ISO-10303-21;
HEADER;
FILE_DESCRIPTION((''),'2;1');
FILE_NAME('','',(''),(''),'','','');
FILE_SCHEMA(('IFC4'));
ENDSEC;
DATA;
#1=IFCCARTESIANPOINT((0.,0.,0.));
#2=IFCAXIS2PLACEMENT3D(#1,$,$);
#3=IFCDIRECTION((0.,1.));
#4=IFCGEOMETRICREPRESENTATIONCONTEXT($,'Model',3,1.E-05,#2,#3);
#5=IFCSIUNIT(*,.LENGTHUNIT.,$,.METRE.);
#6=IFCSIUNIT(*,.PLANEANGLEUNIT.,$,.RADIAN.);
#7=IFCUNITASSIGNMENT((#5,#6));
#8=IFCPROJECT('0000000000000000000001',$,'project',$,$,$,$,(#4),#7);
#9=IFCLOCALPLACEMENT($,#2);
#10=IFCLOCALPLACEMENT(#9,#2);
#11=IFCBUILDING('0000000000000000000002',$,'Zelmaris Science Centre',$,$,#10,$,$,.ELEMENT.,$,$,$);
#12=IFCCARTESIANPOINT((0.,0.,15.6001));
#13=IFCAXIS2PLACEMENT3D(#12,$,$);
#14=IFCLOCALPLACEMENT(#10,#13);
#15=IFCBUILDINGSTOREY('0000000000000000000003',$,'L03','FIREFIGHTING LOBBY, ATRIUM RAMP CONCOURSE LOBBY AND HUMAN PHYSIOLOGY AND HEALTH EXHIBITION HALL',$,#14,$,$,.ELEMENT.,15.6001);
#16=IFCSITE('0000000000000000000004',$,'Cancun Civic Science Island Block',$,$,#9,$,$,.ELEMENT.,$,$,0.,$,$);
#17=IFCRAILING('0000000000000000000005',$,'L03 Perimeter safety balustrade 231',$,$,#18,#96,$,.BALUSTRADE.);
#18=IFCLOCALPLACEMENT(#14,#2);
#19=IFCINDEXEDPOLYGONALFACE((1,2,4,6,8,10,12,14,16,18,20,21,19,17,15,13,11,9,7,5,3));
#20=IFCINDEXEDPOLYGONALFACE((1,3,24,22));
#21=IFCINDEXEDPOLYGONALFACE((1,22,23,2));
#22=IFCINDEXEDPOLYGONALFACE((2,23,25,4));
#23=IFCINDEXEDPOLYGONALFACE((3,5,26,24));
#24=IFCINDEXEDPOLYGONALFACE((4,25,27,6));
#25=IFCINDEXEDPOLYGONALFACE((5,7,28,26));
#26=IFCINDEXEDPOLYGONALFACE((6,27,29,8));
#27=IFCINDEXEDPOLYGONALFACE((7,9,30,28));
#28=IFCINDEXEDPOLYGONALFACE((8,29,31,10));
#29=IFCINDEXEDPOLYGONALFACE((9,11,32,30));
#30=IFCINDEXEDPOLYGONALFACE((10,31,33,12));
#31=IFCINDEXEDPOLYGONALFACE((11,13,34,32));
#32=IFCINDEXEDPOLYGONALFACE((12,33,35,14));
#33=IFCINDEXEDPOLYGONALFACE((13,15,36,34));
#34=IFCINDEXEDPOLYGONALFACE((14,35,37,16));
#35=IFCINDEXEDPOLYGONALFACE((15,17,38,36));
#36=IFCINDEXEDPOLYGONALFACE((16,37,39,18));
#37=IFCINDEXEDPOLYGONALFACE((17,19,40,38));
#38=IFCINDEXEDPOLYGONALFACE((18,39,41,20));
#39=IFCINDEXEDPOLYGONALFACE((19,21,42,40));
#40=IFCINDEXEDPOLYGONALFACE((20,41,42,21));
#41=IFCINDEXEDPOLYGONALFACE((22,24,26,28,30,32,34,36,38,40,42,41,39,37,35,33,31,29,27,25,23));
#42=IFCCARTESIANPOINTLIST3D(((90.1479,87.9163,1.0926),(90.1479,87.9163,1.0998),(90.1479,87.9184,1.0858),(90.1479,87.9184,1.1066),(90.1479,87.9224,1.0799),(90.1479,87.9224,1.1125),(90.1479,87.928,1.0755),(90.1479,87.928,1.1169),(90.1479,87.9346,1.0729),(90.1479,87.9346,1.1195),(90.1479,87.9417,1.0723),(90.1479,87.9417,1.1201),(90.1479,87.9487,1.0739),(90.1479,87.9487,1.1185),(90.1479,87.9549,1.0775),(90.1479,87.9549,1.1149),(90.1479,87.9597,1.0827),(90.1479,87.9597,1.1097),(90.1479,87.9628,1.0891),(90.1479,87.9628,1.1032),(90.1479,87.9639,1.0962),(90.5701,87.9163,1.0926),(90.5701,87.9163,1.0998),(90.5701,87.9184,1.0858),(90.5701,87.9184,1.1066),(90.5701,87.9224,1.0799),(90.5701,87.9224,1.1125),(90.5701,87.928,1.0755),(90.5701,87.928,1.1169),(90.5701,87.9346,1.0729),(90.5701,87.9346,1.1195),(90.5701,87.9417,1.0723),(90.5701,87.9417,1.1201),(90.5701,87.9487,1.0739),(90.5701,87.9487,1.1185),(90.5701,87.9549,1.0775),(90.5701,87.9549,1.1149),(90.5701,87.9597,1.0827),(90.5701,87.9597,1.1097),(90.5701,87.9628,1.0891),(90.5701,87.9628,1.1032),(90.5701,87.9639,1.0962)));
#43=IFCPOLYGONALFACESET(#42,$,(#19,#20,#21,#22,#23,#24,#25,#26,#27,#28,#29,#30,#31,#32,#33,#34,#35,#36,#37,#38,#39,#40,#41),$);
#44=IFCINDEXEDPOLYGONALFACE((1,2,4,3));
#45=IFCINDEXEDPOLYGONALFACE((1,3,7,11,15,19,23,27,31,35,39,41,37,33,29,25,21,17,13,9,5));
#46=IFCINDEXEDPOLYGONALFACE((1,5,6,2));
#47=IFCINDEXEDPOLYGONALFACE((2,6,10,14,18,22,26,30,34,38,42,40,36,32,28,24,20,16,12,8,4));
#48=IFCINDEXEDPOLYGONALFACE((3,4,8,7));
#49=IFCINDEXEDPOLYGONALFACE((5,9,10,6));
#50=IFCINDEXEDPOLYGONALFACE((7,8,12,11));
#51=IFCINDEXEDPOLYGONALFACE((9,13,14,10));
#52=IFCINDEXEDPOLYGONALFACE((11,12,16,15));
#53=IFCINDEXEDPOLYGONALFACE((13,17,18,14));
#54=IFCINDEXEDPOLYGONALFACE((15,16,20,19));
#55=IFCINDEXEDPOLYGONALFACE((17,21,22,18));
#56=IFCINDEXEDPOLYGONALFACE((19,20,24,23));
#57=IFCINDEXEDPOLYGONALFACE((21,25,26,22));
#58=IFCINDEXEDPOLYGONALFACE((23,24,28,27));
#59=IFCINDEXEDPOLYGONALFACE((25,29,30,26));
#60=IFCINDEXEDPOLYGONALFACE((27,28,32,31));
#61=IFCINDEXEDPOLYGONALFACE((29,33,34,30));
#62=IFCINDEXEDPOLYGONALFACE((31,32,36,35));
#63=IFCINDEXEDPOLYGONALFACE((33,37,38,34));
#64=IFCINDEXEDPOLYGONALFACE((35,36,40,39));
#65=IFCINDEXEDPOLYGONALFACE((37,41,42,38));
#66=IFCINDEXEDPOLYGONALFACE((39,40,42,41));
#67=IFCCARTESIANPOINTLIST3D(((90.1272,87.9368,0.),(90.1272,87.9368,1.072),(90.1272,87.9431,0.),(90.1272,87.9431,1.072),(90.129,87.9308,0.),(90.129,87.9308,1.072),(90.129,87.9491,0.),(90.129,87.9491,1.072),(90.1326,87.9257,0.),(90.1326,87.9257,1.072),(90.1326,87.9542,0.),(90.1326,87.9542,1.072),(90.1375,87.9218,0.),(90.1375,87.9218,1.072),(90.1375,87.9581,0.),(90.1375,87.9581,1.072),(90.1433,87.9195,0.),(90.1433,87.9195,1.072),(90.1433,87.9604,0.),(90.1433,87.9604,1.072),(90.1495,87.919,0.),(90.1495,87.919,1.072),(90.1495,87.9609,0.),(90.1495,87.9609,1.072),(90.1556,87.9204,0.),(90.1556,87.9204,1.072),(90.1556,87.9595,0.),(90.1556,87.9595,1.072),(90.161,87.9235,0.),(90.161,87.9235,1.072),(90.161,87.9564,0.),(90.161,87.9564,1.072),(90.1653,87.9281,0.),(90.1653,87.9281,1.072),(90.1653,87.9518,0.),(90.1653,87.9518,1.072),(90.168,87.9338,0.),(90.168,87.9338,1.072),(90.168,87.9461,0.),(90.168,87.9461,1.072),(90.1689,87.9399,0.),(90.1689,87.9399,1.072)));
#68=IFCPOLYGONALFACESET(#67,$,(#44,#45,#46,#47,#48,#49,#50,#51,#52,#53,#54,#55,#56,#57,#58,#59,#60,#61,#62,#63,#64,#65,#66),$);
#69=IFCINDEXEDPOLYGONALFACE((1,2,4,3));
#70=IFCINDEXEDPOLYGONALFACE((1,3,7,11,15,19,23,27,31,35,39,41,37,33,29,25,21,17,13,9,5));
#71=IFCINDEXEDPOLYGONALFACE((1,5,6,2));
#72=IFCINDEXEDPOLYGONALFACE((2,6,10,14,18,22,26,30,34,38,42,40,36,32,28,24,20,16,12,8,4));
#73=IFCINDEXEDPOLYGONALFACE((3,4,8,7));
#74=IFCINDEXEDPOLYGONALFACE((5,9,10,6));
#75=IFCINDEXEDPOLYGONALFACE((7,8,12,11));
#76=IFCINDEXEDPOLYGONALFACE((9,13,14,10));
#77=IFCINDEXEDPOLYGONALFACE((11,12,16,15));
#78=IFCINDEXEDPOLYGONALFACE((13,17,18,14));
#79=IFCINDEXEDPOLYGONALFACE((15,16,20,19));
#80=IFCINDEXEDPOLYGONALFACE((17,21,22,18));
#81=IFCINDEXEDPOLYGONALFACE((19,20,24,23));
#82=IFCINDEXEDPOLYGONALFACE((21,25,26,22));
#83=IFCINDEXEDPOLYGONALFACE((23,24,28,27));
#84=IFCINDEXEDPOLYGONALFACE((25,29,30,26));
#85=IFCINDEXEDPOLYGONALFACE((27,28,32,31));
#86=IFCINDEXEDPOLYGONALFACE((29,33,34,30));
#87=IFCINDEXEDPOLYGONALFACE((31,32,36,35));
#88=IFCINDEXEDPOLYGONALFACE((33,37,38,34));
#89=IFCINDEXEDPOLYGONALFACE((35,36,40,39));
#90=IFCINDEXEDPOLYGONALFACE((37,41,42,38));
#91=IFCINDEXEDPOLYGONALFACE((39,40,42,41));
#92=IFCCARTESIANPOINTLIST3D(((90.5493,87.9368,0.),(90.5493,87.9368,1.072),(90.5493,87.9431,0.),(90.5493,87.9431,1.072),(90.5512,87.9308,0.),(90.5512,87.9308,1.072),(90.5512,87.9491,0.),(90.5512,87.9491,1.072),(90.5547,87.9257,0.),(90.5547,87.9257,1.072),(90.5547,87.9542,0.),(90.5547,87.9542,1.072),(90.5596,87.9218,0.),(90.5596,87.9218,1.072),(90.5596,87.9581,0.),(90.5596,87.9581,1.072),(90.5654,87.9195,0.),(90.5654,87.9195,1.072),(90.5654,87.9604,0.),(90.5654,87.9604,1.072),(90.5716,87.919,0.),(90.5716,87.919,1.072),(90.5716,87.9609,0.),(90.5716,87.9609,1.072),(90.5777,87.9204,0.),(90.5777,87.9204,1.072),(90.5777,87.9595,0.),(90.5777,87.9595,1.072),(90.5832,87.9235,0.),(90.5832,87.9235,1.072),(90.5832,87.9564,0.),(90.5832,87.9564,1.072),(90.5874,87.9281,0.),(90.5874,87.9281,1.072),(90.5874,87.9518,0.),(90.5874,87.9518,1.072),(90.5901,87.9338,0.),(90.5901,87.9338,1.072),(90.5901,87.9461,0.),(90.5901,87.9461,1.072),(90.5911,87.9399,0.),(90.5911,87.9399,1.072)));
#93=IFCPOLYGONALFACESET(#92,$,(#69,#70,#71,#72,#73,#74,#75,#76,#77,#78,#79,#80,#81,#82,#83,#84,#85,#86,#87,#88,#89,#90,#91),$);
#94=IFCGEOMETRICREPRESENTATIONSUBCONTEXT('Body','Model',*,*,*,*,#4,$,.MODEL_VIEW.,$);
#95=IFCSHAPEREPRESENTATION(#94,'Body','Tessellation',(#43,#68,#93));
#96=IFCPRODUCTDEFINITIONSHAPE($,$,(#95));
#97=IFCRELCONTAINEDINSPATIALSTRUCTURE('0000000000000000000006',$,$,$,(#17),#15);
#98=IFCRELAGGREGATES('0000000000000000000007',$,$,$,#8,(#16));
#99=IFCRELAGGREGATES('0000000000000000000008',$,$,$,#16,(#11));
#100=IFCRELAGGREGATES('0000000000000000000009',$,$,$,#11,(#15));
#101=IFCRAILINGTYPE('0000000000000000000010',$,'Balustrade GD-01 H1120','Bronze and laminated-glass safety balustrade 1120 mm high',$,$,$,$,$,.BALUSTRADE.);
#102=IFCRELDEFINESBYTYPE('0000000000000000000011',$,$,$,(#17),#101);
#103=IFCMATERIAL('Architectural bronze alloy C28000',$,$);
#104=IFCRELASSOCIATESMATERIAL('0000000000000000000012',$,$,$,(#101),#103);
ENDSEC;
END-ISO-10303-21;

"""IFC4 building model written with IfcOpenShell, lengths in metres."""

from ifc_helpers import new_model, si_unit, direction, frame, origin, origin_2d, place, context, subcontext, project, spatial, circle, extrude, material, type_object, element, save


model = new_model("IFC4")

# Units and contexts
model_context = context("Model", 3, precision=1e-05, world=origin(), true_north=direction((0.0, 1.0)))
body_context = subcontext(model_context, "Body", "Model", "MODEL_VIEW")
ifc_project = project(units=[si_unit("LENGTHUNIT", "METRE"), si_unit("PLANEANGLEUNIT", "RADIAN")], contexts=[model_context])

# Site, building, storey
site_placement = place(None, origin())
site = spatial("IfcSite", under=ifc_project, at=site_placement, Name="Cancun Civic Science Island Block", CompositionType="ELEMENT", RefElevation=0.0)
building_placement = place(site_placement, origin())
building = spatial("IfcBuilding", under=site, at=building_placement, Name="Zelmaris Science Centre", CompositionType="ELEMENT")
storey_placement = place(building_placement, frame((0.0, 0.0, 15.6001)))
storey = spatial("IfcBuildingStorey", under=building, at=storey_placement, Name="L03", Description="FIREFIGHTING LOBBY, ATRIUM RAMP CONCOURSE LOBBY AND HUMAN PHYSIOLOGY AND HEALTH EXHIBITION HALL", CompositionType="ELEMENT", Elevation=15.6001)

# Railing
ifc_material_1 = material(Name="Architectural bronze alloy C28000")
railing_type = type_object("IfcRailingType", Name="Balustrade GD-01 H1120", Description="Bronze and laminated-glass safety balustrade 1120 mm high", PredefinedType="BALUSTRADE", material=ifc_material_1)
railing_1_placement = place(storey_placement, frame((90.1479, 87.9399, 0.0)))
element("IfcRailing", 1, at=railing_1_placement, inside=storey, type_object=railing_type, Name="L03 Perimeter safety balustrade 231", PredefinedType="BALUSTRADE", context=body_context, shape_type="SweptSolid", body=[
    extrude(circle(Radius=0.0239, at=origin_2d()), frame((0.0, 0.0, 1.0962), z_axis=(1.0, 0.0, 0.0), x_axis=(0.0, 1.0, 0.0)), (0.0, 0.0, 1.0), 0.4221),
    extrude(circle(Radius=0.021, at=origin_2d()), origin(), (0.0, 0.0, 1.0), 1.072),
    extrude(circle(Radius=0.021, at=origin_2d()), frame((0.4221, 0.0, 0.0)), (0.0, 0.0, 1.0), 1.072),
])

save(model, "model.ifc")
